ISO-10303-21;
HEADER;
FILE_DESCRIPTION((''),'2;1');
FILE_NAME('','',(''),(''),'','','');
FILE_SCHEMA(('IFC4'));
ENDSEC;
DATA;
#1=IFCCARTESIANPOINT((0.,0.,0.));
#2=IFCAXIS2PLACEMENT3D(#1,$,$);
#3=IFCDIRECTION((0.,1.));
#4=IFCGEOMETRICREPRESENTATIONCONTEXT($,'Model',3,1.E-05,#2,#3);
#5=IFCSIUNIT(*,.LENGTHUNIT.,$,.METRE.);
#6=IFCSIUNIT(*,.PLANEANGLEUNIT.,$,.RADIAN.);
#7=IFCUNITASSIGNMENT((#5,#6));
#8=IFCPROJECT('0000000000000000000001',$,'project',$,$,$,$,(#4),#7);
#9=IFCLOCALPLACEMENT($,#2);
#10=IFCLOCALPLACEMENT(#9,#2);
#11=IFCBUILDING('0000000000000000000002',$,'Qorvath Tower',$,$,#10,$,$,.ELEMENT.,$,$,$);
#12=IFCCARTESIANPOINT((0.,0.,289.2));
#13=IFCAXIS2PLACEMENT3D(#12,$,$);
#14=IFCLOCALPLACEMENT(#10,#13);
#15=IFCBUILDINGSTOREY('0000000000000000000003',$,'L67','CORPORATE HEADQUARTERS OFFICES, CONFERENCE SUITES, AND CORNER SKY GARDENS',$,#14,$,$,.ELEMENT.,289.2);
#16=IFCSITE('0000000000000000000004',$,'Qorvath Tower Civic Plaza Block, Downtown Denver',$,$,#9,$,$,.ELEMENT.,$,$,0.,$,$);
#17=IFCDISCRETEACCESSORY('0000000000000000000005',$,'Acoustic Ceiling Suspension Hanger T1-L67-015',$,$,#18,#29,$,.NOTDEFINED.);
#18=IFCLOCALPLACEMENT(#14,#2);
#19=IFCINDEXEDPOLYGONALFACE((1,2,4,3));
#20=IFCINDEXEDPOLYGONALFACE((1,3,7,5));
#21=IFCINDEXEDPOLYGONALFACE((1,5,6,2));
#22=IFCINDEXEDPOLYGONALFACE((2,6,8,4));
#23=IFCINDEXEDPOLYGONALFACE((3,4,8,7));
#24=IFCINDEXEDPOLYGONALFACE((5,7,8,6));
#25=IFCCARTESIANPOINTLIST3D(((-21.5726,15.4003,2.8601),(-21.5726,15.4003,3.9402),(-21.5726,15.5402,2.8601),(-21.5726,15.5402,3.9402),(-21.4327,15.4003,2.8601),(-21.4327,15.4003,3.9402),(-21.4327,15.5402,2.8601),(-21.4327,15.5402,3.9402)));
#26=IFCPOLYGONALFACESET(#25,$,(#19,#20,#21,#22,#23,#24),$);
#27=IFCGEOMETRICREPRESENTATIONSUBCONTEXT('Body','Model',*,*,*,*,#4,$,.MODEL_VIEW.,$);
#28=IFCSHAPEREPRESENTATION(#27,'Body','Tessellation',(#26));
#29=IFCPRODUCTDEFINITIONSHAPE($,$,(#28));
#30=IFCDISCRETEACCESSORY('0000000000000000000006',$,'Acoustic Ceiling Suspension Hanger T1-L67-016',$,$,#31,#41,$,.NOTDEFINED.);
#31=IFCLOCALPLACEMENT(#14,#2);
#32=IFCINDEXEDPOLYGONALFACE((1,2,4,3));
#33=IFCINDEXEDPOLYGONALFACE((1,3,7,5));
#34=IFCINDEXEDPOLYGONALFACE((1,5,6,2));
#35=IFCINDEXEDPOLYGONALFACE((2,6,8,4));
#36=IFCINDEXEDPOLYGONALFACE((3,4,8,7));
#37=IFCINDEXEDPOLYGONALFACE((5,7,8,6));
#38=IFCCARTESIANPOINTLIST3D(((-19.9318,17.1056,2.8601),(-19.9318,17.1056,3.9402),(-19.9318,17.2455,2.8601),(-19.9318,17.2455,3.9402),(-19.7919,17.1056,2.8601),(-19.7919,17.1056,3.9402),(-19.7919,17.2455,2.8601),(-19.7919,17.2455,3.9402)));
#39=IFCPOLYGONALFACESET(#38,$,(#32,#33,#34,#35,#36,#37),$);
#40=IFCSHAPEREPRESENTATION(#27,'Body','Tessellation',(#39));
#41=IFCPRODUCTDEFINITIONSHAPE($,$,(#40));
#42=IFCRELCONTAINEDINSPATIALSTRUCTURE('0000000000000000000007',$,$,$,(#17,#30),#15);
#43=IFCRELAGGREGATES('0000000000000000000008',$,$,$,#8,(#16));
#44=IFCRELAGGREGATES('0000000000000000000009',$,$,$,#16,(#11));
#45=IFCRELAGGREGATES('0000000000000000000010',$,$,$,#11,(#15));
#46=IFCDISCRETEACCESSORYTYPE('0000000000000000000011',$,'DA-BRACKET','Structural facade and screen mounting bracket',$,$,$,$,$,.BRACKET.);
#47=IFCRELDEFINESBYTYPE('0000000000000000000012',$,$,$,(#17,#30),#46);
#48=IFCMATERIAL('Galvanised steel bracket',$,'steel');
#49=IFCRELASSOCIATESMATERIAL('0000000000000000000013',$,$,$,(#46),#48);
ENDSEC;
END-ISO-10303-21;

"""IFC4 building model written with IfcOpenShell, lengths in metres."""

from ifc_helpers import new_model, si_unit, direction, frame, origin, origin_2d, place, context, subcontext, project, spatial, rectangle, extrude, material, type_object, element, save


model = new_model("IFC4")

# Units and contexts
model_context = context("Model", 3, precision=1e-05, world=origin(), true_north=direction((0.0, 1.0)))
body_context = subcontext(model_context, "Body", "Model", "MODEL_VIEW")
ifc_project = project(units=[si_unit("LENGTHUNIT", "METRE"), si_unit("PLANEANGLEUNIT", "RADIAN")], contexts=[model_context])

# Site, building, storey
site_placement = place(None, origin())
site = spatial("IfcSite", under=ifc_project, at=site_placement, Name="Qorvath Tower Civic Plaza Block, Downtown Denver", CompositionType="ELEMENT", RefElevation=0.0)
building_placement = place(site_placement, origin())
building = spatial("IfcBuilding", under=site, at=building_placement, Name="Qorvath Tower", CompositionType="ELEMENT")
storey_placement = place(building_placement, frame((0.0, 0.0, 289.2)))
storey = spatial("IfcBuildingStorey", under=building, at=storey_placement, Name="L67", Description="CORPORATE HEADQUARTERS OFFICES, CONFERENCE SUITES, AND CORNER SKY GARDENS", CompositionType="ELEMENT", Elevation=289.2)

# Discrete accessories
ifc_material_1 = material(Name="Galvanised steel bracket", Category="steel")
discrete_accessory_type = type_object("IfcDiscreteAccessoryType", Name="DA-BRACKET", Description="Structural facade and screen mounting bracket", PredefinedType="BRACKET", material=ifc_material_1)
for number, where, z_axis, x_axis, name in (
    (1, (-21.5027, 15.4702, 2.8601), (0.0, 0.0, 1.0), (1.0, 0.0, 0.0), "Acoustic Ceiling Suspension Hanger T1-L67-015"),
    (2, (-19.8618, 17.1755, 2.8601), (0.0, 0.0, 1.0), (1.0, 0.0, 0.0), "Acoustic Ceiling Suspension Hanger T1-L67-016"),
):
    element("IfcDiscreteAccessory", number, at=place(storey_placement, frame(where, z_axis=z_axis, x_axis=x_axis)), inside=storey, type_object=discrete_accessory_type, Name=name, PredefinedType="NOTDEFINED", context=body_context, shape_type="SweptSolid", body=[
        extrude(rectangle(XDim=0.1399, YDim=0.1399, at=origin_2d()), origin(), (0.0, 0.0, 1.0), 1.0801),
    ])

save(model, "model.ifc")
